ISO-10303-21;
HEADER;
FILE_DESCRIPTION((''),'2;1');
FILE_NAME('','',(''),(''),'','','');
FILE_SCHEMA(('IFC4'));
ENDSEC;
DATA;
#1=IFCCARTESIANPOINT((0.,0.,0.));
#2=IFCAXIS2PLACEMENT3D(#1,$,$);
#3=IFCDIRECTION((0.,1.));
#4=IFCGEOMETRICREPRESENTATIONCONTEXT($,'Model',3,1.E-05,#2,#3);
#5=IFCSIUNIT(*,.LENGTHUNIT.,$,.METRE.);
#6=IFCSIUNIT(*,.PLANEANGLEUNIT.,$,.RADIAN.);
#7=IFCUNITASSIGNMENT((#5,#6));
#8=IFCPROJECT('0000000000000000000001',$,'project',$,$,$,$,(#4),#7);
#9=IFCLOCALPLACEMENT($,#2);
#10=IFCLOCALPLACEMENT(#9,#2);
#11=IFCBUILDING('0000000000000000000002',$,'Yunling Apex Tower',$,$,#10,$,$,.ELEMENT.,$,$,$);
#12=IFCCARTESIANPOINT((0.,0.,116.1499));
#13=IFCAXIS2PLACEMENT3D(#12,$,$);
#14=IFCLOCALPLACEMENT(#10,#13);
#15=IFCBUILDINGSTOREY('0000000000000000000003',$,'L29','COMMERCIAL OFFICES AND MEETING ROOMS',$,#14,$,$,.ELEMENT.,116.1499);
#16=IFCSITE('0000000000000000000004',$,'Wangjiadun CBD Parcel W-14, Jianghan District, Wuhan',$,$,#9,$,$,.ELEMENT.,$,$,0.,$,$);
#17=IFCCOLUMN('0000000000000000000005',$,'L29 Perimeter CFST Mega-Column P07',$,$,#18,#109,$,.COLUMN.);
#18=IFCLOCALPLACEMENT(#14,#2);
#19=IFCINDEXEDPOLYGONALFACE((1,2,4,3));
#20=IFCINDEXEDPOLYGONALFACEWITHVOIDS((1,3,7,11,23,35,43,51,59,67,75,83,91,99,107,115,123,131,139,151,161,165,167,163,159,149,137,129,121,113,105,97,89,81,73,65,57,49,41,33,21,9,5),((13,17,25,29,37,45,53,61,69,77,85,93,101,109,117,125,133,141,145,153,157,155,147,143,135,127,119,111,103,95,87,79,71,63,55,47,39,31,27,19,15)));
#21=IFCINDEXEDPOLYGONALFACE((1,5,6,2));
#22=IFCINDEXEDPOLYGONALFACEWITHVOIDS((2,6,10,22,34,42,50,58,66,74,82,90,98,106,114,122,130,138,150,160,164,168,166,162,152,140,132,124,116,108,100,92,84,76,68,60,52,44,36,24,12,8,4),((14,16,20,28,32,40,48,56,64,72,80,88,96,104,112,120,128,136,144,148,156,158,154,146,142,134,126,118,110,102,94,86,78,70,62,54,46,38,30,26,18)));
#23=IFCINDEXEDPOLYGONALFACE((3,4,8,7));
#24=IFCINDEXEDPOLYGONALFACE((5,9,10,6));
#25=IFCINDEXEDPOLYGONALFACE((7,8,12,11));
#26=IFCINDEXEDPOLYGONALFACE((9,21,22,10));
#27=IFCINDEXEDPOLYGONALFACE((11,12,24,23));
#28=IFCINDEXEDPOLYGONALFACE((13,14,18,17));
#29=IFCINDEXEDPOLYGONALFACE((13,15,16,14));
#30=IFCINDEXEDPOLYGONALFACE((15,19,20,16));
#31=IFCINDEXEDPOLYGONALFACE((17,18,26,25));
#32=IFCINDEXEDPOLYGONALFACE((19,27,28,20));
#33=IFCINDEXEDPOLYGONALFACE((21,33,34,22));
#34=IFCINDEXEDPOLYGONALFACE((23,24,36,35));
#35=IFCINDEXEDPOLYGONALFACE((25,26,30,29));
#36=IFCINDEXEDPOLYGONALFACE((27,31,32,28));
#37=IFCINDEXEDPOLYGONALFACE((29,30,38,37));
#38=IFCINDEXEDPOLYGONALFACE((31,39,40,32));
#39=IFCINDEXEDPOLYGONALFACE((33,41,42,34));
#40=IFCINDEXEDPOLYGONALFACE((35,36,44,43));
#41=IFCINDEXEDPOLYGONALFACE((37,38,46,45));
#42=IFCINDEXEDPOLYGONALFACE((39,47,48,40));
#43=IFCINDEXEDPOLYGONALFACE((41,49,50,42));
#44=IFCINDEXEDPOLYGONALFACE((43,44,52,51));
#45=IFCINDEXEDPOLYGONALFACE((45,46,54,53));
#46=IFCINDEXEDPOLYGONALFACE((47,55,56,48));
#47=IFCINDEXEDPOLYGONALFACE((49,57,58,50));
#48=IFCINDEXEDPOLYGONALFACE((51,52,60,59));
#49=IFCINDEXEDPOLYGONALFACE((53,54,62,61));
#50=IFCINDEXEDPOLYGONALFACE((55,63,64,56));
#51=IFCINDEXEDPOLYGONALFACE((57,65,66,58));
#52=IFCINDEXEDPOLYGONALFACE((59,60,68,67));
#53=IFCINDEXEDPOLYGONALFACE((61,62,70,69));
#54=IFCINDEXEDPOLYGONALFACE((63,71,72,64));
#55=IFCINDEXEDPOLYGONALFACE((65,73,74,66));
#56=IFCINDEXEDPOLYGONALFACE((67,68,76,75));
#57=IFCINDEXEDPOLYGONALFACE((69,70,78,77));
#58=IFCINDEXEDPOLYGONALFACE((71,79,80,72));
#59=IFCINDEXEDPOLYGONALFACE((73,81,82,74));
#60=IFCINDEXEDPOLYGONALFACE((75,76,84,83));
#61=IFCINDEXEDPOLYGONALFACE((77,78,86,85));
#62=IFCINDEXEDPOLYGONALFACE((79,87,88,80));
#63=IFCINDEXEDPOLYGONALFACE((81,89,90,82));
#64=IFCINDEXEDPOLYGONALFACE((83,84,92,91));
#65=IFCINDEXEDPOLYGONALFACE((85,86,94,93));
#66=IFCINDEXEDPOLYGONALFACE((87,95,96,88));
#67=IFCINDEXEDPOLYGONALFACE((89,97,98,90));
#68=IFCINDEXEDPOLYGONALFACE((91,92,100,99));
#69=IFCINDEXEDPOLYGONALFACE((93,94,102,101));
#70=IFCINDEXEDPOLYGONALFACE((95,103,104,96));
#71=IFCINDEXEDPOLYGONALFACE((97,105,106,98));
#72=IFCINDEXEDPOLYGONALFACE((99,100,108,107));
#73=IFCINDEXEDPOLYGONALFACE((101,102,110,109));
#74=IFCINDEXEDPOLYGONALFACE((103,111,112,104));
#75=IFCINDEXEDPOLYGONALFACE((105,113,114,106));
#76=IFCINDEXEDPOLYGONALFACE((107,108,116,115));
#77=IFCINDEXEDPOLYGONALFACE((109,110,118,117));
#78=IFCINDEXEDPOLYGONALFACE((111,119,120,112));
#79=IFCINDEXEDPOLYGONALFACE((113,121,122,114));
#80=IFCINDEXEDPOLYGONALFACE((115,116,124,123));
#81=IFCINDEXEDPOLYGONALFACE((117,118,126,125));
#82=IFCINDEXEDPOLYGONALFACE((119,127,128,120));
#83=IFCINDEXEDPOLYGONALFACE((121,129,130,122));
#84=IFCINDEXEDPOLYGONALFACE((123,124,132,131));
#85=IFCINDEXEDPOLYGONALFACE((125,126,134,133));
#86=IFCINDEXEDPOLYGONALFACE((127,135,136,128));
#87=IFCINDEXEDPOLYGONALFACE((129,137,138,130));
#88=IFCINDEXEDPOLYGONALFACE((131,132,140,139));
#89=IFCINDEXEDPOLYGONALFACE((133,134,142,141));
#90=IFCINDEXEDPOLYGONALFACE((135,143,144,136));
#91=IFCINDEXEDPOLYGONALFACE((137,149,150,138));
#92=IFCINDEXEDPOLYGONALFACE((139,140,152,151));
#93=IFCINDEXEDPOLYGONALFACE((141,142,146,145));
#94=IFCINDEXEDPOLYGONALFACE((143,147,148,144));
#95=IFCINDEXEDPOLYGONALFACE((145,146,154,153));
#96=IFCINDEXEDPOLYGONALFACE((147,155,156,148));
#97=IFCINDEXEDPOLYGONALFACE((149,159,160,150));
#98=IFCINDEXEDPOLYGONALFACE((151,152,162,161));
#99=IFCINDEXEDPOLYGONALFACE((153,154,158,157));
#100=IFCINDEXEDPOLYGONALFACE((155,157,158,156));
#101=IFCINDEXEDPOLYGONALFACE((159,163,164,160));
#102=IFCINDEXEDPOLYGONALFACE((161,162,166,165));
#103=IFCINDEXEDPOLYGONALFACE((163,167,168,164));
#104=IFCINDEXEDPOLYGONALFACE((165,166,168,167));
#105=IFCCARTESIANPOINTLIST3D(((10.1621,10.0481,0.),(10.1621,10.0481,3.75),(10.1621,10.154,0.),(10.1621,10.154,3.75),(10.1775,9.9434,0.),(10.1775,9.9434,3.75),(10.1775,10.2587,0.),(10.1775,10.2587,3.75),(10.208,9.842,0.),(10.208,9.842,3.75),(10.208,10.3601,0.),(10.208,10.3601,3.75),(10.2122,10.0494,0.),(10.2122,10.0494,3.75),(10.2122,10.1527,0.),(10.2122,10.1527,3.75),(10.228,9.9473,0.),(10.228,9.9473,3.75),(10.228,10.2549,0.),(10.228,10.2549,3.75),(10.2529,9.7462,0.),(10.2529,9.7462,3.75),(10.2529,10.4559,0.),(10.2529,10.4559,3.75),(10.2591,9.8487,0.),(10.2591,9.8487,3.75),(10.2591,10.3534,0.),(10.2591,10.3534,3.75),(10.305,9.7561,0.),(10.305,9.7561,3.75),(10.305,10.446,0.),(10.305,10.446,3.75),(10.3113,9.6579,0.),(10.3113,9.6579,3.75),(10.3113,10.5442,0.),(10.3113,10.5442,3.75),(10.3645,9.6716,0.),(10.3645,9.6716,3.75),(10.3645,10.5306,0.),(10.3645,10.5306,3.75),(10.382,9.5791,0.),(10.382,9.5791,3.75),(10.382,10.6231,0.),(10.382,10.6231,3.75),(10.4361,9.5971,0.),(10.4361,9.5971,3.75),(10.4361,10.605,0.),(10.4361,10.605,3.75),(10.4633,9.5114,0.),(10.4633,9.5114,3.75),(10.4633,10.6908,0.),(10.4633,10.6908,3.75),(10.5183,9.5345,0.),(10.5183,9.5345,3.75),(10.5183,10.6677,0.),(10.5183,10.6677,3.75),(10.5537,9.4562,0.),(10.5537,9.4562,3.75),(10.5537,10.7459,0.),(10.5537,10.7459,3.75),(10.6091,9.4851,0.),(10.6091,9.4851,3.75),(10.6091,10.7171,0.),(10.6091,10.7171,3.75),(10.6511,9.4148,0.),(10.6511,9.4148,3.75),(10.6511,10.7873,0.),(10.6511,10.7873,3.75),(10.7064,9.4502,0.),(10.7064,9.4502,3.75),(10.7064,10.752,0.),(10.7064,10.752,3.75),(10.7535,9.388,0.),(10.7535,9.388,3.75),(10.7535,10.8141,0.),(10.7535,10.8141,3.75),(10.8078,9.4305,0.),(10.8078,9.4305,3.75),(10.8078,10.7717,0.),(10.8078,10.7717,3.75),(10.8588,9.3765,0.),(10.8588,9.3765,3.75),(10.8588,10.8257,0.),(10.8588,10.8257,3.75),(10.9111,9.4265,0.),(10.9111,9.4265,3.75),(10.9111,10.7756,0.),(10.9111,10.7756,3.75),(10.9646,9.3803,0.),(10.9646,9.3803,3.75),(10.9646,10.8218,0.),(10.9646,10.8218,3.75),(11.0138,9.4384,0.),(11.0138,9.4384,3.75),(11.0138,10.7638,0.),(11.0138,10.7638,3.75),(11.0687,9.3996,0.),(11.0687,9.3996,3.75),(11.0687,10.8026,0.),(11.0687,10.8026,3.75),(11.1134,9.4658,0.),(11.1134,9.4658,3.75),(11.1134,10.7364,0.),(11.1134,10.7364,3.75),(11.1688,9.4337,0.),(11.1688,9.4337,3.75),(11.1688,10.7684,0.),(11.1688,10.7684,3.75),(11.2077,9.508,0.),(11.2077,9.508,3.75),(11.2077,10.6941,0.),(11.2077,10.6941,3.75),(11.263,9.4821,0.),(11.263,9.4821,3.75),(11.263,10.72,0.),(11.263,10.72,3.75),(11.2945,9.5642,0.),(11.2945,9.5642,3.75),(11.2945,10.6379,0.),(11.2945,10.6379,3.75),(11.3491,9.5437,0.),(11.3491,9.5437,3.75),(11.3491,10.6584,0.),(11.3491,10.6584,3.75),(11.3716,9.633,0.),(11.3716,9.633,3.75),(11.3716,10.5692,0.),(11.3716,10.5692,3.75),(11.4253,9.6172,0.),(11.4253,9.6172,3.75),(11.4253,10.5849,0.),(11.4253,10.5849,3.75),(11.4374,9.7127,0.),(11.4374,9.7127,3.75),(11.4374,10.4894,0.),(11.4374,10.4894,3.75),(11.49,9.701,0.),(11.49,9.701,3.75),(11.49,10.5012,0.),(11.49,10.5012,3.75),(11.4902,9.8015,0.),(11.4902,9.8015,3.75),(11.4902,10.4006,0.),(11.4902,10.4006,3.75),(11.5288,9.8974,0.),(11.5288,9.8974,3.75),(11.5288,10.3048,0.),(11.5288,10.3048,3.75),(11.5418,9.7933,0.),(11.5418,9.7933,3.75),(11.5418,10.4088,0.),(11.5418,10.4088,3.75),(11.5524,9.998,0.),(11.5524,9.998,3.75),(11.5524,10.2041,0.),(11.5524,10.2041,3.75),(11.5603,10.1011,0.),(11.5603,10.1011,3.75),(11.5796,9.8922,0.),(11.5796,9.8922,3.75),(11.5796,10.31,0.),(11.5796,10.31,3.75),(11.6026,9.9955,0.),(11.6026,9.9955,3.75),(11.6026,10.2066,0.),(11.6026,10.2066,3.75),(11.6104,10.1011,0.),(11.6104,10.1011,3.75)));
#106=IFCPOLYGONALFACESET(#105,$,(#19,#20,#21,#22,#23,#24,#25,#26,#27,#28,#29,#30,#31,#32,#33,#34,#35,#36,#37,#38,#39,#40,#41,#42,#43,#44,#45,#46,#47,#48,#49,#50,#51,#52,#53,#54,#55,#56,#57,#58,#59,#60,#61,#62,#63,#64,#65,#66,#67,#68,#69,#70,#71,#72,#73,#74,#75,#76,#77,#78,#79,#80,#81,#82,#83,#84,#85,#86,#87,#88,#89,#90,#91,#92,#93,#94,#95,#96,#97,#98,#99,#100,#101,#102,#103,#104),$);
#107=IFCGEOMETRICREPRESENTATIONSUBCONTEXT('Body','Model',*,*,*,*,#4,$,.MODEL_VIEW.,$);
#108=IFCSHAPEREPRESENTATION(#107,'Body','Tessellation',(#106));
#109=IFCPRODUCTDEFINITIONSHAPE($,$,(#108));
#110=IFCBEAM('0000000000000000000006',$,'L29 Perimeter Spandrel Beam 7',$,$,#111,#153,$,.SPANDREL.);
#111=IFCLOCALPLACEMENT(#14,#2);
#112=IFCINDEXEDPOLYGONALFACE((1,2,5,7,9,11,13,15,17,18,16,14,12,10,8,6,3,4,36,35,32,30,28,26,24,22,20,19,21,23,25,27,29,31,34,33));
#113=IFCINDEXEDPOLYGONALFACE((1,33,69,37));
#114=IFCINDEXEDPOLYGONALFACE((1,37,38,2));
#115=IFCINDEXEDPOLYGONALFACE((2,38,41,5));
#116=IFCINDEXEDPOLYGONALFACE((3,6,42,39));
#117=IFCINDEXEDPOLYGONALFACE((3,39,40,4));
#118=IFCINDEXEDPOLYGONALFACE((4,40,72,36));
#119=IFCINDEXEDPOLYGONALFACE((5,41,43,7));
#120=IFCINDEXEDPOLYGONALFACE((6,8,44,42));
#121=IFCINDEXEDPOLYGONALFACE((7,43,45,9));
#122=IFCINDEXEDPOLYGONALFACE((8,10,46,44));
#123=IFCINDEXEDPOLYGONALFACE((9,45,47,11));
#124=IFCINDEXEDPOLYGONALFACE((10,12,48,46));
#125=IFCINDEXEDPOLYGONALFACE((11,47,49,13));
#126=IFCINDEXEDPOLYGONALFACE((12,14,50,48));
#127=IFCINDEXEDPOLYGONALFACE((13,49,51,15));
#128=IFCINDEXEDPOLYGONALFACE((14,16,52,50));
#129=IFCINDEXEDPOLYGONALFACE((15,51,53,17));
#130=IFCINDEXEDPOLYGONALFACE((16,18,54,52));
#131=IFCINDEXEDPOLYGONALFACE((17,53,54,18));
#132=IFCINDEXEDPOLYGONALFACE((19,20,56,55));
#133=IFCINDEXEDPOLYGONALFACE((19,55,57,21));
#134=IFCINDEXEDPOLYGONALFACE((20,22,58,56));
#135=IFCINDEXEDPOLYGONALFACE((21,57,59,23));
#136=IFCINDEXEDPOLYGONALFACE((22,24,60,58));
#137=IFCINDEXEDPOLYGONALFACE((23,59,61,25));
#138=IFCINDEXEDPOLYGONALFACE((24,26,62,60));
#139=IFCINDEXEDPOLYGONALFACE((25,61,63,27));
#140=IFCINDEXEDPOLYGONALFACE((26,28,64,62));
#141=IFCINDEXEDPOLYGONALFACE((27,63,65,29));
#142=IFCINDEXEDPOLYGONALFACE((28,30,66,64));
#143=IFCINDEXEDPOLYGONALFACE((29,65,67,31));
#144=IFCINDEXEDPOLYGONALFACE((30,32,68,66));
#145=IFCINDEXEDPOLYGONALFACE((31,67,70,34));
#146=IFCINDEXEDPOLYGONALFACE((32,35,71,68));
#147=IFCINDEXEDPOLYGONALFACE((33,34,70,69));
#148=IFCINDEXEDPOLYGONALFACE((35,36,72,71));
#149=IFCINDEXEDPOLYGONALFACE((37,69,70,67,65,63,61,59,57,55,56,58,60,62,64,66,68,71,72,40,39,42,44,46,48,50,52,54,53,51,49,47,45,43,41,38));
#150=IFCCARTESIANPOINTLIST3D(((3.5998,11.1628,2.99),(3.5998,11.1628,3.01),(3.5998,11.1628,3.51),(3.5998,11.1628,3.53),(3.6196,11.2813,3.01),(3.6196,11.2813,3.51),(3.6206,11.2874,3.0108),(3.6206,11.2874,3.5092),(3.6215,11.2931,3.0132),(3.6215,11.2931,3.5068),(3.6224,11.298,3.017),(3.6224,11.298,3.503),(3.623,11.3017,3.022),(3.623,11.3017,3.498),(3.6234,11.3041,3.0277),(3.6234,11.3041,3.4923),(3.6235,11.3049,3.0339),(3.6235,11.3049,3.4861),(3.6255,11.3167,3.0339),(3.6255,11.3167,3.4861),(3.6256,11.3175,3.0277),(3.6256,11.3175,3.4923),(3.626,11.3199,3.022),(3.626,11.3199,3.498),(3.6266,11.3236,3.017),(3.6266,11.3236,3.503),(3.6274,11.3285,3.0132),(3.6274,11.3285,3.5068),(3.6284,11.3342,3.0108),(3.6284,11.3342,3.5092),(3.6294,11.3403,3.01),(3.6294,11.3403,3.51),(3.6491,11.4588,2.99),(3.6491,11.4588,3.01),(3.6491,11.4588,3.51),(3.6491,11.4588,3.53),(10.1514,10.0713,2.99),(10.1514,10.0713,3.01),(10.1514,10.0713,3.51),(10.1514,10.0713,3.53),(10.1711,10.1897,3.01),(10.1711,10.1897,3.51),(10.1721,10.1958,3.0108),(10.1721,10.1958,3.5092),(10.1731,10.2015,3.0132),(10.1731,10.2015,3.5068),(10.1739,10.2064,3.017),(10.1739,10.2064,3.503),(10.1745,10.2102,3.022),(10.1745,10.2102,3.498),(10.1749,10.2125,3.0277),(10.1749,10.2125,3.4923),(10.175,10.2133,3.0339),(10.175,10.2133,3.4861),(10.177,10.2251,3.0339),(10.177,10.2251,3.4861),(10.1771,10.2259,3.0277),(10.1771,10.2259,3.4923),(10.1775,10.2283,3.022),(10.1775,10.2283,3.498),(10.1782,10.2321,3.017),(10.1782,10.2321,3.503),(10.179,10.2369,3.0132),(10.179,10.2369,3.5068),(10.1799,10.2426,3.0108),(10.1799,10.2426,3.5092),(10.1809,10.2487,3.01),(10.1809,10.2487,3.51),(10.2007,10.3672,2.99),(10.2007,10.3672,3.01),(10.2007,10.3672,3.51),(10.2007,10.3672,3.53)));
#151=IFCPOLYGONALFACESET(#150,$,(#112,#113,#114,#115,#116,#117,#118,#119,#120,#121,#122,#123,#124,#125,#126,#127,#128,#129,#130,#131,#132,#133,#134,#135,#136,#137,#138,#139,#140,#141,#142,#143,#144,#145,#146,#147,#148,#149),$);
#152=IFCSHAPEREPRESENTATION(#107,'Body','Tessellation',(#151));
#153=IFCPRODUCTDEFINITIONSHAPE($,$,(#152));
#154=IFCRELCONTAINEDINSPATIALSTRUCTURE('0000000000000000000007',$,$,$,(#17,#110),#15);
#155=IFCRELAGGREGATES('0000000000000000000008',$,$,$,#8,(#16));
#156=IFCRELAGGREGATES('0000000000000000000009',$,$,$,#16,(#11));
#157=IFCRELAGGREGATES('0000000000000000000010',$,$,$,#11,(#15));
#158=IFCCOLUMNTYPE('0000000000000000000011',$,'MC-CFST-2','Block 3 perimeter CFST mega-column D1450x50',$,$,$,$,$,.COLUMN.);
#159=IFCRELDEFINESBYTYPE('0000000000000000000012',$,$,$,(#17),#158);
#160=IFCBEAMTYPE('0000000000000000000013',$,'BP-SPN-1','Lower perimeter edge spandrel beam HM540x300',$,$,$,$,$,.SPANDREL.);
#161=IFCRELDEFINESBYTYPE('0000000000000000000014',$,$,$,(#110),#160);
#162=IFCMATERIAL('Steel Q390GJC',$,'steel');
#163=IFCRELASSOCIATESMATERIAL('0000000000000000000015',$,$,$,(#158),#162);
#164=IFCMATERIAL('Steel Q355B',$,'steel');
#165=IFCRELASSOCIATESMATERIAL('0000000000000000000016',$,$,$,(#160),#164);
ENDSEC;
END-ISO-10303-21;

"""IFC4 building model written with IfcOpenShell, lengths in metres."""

from ifc_helpers import new_model, si_unit, direction, frame, origin, origin_2d, place, context, subcontext, project, spatial, hollow_circle, i_section, extrude, source, transform, mapped, material, material_profile, profile_set, type_object, element, save


model = new_model("IFC4")

# Units and contexts
model_context = context("Model", 3, precision=1e-05, world=origin(), true_north=direction((0.0, 1.0)))
body_context = subcontext(model_context, "Body", "Model", "MODEL_VIEW")
ifc_project = project(units=[si_unit("LENGTHUNIT", "METRE"), si_unit("PLANEANGLEUNIT", "RADIAN")], contexts=[model_context])

# Site, building, storey
site_placement = place(None, origin())
site = spatial("IfcSite", under=ifc_project, at=site_placement, Name="Wangjiadun CBD Parcel W-14, Jianghan District, Wuhan", CompositionType="ELEMENT", RefElevation=0.0)
building_placement = place(site_placement, origin())
building = spatial("IfcBuilding", under=site, at=building_placement, Name="Yunling Apex Tower", CompositionType="ELEMENT")
storey_placement = place(building_placement, frame((0.0, 0.0, 116.1499)))
storey = spatial("IfcBuildingStorey", under=building, at=storey_placement, Name="L29", Description="COMMERCIAL OFFICES AND MEETING ROOMS", CompositionType="ELEMENT", Elevation=116.1499)

# Column
ifc_material_1 = material(Name="Steel Q390GJC", Category="steel")
ifc_material_profile_1 = material_profile(ifc_material_1, hollow_circle(Radius=0.7251, WallThickness=0.05, at=origin_2d()))
ifc_profile_set_1 = profile_set([ifc_material_profile_1], Name="Steel Q390GJC")
column_type = type_object("IfcColumnType", Name="MC-CFST-2", Description="Block 3 perimeter CFST mega-column D1450x50", PredefinedType="COLUMN", material=ifc_profile_set_1)
shared_shape_1 = source(origin(), body_context, "Body", "SweptSolid", [
    extrude(hollow_circle(Radius=0.7251, WallThickness=0.05, at=origin_2d()), origin(), (0.0, 0.0, 1.0), 3.75),
])
column_placement = place(storey_placement, frame((10.8853, 10.1011, 0.0), z_axis=(0.0, 0.0, 1.0), x_axis=(1.0, 0.0, 0.0)))
element("IfcColumn", 1, at=column_placement, inside=storey, type_object=column_type, Name="L29 Perimeter CFST Mega-Column P07", PredefinedType="COLUMN", context=body_context, shape_type="MappedRepresentation", body=[
    mapped(shared_shape_1, transform((0.0, 0.0, 0.0), scale=1.0)),
])

# Beam
ifc_material_2 = material(Name="Steel Q355B", Category="steel")
ifc_material_profile_2 = material_profile(ifc_material_2, i_section(OverallWidth=0.3, OverallDepth=0.54, WebThickness=0.012, FlangeThickness=0.02, FilletRadius=0.0239, at=origin_2d()))
ifc_profile_set_2 = profile_set([ifc_material_profile_2], Name="Steel Q355B")
beam_type_1 = type_object("IfcBeamType", Name="BP-SPN-1", Description="Lower perimeter edge spandrel beam HM540x300", PredefinedType="SPANDREL", material=ifc_profile_set_2)
shared_shape_2 = source(origin(), body_context, "Body", "SweptSolid", [
    extrude(i_section(OverallWidth=0.3, OverallDepth=0.54, WebThickness=0.012, FlangeThickness=0.02, FilletRadius=0.0239, at=origin_2d()), origin(), (0.0, 0.0, 1.0), 6.6418),
])
beam_1_placement = place(storey_placement, frame((10.176, 10.2192, 3.26), z_axis=(-0.986403, 0.164345, 0.0), x_axis=(-0.164345, -0.986403, 0.0)))
element("IfcBeam", 2, at=beam_1_placement, inside=storey, type_object=beam_type_1, Name="L29 Perimeter Spandrel Beam 7", PredefinedType="SPANDREL", context=body_context, shape_type="MappedRepresentation", body=[
    mapped(shared_shape_2, transform((0.0, 0.0, 0.0), scale=1.0)),
])

save(model, "model.ifc")
